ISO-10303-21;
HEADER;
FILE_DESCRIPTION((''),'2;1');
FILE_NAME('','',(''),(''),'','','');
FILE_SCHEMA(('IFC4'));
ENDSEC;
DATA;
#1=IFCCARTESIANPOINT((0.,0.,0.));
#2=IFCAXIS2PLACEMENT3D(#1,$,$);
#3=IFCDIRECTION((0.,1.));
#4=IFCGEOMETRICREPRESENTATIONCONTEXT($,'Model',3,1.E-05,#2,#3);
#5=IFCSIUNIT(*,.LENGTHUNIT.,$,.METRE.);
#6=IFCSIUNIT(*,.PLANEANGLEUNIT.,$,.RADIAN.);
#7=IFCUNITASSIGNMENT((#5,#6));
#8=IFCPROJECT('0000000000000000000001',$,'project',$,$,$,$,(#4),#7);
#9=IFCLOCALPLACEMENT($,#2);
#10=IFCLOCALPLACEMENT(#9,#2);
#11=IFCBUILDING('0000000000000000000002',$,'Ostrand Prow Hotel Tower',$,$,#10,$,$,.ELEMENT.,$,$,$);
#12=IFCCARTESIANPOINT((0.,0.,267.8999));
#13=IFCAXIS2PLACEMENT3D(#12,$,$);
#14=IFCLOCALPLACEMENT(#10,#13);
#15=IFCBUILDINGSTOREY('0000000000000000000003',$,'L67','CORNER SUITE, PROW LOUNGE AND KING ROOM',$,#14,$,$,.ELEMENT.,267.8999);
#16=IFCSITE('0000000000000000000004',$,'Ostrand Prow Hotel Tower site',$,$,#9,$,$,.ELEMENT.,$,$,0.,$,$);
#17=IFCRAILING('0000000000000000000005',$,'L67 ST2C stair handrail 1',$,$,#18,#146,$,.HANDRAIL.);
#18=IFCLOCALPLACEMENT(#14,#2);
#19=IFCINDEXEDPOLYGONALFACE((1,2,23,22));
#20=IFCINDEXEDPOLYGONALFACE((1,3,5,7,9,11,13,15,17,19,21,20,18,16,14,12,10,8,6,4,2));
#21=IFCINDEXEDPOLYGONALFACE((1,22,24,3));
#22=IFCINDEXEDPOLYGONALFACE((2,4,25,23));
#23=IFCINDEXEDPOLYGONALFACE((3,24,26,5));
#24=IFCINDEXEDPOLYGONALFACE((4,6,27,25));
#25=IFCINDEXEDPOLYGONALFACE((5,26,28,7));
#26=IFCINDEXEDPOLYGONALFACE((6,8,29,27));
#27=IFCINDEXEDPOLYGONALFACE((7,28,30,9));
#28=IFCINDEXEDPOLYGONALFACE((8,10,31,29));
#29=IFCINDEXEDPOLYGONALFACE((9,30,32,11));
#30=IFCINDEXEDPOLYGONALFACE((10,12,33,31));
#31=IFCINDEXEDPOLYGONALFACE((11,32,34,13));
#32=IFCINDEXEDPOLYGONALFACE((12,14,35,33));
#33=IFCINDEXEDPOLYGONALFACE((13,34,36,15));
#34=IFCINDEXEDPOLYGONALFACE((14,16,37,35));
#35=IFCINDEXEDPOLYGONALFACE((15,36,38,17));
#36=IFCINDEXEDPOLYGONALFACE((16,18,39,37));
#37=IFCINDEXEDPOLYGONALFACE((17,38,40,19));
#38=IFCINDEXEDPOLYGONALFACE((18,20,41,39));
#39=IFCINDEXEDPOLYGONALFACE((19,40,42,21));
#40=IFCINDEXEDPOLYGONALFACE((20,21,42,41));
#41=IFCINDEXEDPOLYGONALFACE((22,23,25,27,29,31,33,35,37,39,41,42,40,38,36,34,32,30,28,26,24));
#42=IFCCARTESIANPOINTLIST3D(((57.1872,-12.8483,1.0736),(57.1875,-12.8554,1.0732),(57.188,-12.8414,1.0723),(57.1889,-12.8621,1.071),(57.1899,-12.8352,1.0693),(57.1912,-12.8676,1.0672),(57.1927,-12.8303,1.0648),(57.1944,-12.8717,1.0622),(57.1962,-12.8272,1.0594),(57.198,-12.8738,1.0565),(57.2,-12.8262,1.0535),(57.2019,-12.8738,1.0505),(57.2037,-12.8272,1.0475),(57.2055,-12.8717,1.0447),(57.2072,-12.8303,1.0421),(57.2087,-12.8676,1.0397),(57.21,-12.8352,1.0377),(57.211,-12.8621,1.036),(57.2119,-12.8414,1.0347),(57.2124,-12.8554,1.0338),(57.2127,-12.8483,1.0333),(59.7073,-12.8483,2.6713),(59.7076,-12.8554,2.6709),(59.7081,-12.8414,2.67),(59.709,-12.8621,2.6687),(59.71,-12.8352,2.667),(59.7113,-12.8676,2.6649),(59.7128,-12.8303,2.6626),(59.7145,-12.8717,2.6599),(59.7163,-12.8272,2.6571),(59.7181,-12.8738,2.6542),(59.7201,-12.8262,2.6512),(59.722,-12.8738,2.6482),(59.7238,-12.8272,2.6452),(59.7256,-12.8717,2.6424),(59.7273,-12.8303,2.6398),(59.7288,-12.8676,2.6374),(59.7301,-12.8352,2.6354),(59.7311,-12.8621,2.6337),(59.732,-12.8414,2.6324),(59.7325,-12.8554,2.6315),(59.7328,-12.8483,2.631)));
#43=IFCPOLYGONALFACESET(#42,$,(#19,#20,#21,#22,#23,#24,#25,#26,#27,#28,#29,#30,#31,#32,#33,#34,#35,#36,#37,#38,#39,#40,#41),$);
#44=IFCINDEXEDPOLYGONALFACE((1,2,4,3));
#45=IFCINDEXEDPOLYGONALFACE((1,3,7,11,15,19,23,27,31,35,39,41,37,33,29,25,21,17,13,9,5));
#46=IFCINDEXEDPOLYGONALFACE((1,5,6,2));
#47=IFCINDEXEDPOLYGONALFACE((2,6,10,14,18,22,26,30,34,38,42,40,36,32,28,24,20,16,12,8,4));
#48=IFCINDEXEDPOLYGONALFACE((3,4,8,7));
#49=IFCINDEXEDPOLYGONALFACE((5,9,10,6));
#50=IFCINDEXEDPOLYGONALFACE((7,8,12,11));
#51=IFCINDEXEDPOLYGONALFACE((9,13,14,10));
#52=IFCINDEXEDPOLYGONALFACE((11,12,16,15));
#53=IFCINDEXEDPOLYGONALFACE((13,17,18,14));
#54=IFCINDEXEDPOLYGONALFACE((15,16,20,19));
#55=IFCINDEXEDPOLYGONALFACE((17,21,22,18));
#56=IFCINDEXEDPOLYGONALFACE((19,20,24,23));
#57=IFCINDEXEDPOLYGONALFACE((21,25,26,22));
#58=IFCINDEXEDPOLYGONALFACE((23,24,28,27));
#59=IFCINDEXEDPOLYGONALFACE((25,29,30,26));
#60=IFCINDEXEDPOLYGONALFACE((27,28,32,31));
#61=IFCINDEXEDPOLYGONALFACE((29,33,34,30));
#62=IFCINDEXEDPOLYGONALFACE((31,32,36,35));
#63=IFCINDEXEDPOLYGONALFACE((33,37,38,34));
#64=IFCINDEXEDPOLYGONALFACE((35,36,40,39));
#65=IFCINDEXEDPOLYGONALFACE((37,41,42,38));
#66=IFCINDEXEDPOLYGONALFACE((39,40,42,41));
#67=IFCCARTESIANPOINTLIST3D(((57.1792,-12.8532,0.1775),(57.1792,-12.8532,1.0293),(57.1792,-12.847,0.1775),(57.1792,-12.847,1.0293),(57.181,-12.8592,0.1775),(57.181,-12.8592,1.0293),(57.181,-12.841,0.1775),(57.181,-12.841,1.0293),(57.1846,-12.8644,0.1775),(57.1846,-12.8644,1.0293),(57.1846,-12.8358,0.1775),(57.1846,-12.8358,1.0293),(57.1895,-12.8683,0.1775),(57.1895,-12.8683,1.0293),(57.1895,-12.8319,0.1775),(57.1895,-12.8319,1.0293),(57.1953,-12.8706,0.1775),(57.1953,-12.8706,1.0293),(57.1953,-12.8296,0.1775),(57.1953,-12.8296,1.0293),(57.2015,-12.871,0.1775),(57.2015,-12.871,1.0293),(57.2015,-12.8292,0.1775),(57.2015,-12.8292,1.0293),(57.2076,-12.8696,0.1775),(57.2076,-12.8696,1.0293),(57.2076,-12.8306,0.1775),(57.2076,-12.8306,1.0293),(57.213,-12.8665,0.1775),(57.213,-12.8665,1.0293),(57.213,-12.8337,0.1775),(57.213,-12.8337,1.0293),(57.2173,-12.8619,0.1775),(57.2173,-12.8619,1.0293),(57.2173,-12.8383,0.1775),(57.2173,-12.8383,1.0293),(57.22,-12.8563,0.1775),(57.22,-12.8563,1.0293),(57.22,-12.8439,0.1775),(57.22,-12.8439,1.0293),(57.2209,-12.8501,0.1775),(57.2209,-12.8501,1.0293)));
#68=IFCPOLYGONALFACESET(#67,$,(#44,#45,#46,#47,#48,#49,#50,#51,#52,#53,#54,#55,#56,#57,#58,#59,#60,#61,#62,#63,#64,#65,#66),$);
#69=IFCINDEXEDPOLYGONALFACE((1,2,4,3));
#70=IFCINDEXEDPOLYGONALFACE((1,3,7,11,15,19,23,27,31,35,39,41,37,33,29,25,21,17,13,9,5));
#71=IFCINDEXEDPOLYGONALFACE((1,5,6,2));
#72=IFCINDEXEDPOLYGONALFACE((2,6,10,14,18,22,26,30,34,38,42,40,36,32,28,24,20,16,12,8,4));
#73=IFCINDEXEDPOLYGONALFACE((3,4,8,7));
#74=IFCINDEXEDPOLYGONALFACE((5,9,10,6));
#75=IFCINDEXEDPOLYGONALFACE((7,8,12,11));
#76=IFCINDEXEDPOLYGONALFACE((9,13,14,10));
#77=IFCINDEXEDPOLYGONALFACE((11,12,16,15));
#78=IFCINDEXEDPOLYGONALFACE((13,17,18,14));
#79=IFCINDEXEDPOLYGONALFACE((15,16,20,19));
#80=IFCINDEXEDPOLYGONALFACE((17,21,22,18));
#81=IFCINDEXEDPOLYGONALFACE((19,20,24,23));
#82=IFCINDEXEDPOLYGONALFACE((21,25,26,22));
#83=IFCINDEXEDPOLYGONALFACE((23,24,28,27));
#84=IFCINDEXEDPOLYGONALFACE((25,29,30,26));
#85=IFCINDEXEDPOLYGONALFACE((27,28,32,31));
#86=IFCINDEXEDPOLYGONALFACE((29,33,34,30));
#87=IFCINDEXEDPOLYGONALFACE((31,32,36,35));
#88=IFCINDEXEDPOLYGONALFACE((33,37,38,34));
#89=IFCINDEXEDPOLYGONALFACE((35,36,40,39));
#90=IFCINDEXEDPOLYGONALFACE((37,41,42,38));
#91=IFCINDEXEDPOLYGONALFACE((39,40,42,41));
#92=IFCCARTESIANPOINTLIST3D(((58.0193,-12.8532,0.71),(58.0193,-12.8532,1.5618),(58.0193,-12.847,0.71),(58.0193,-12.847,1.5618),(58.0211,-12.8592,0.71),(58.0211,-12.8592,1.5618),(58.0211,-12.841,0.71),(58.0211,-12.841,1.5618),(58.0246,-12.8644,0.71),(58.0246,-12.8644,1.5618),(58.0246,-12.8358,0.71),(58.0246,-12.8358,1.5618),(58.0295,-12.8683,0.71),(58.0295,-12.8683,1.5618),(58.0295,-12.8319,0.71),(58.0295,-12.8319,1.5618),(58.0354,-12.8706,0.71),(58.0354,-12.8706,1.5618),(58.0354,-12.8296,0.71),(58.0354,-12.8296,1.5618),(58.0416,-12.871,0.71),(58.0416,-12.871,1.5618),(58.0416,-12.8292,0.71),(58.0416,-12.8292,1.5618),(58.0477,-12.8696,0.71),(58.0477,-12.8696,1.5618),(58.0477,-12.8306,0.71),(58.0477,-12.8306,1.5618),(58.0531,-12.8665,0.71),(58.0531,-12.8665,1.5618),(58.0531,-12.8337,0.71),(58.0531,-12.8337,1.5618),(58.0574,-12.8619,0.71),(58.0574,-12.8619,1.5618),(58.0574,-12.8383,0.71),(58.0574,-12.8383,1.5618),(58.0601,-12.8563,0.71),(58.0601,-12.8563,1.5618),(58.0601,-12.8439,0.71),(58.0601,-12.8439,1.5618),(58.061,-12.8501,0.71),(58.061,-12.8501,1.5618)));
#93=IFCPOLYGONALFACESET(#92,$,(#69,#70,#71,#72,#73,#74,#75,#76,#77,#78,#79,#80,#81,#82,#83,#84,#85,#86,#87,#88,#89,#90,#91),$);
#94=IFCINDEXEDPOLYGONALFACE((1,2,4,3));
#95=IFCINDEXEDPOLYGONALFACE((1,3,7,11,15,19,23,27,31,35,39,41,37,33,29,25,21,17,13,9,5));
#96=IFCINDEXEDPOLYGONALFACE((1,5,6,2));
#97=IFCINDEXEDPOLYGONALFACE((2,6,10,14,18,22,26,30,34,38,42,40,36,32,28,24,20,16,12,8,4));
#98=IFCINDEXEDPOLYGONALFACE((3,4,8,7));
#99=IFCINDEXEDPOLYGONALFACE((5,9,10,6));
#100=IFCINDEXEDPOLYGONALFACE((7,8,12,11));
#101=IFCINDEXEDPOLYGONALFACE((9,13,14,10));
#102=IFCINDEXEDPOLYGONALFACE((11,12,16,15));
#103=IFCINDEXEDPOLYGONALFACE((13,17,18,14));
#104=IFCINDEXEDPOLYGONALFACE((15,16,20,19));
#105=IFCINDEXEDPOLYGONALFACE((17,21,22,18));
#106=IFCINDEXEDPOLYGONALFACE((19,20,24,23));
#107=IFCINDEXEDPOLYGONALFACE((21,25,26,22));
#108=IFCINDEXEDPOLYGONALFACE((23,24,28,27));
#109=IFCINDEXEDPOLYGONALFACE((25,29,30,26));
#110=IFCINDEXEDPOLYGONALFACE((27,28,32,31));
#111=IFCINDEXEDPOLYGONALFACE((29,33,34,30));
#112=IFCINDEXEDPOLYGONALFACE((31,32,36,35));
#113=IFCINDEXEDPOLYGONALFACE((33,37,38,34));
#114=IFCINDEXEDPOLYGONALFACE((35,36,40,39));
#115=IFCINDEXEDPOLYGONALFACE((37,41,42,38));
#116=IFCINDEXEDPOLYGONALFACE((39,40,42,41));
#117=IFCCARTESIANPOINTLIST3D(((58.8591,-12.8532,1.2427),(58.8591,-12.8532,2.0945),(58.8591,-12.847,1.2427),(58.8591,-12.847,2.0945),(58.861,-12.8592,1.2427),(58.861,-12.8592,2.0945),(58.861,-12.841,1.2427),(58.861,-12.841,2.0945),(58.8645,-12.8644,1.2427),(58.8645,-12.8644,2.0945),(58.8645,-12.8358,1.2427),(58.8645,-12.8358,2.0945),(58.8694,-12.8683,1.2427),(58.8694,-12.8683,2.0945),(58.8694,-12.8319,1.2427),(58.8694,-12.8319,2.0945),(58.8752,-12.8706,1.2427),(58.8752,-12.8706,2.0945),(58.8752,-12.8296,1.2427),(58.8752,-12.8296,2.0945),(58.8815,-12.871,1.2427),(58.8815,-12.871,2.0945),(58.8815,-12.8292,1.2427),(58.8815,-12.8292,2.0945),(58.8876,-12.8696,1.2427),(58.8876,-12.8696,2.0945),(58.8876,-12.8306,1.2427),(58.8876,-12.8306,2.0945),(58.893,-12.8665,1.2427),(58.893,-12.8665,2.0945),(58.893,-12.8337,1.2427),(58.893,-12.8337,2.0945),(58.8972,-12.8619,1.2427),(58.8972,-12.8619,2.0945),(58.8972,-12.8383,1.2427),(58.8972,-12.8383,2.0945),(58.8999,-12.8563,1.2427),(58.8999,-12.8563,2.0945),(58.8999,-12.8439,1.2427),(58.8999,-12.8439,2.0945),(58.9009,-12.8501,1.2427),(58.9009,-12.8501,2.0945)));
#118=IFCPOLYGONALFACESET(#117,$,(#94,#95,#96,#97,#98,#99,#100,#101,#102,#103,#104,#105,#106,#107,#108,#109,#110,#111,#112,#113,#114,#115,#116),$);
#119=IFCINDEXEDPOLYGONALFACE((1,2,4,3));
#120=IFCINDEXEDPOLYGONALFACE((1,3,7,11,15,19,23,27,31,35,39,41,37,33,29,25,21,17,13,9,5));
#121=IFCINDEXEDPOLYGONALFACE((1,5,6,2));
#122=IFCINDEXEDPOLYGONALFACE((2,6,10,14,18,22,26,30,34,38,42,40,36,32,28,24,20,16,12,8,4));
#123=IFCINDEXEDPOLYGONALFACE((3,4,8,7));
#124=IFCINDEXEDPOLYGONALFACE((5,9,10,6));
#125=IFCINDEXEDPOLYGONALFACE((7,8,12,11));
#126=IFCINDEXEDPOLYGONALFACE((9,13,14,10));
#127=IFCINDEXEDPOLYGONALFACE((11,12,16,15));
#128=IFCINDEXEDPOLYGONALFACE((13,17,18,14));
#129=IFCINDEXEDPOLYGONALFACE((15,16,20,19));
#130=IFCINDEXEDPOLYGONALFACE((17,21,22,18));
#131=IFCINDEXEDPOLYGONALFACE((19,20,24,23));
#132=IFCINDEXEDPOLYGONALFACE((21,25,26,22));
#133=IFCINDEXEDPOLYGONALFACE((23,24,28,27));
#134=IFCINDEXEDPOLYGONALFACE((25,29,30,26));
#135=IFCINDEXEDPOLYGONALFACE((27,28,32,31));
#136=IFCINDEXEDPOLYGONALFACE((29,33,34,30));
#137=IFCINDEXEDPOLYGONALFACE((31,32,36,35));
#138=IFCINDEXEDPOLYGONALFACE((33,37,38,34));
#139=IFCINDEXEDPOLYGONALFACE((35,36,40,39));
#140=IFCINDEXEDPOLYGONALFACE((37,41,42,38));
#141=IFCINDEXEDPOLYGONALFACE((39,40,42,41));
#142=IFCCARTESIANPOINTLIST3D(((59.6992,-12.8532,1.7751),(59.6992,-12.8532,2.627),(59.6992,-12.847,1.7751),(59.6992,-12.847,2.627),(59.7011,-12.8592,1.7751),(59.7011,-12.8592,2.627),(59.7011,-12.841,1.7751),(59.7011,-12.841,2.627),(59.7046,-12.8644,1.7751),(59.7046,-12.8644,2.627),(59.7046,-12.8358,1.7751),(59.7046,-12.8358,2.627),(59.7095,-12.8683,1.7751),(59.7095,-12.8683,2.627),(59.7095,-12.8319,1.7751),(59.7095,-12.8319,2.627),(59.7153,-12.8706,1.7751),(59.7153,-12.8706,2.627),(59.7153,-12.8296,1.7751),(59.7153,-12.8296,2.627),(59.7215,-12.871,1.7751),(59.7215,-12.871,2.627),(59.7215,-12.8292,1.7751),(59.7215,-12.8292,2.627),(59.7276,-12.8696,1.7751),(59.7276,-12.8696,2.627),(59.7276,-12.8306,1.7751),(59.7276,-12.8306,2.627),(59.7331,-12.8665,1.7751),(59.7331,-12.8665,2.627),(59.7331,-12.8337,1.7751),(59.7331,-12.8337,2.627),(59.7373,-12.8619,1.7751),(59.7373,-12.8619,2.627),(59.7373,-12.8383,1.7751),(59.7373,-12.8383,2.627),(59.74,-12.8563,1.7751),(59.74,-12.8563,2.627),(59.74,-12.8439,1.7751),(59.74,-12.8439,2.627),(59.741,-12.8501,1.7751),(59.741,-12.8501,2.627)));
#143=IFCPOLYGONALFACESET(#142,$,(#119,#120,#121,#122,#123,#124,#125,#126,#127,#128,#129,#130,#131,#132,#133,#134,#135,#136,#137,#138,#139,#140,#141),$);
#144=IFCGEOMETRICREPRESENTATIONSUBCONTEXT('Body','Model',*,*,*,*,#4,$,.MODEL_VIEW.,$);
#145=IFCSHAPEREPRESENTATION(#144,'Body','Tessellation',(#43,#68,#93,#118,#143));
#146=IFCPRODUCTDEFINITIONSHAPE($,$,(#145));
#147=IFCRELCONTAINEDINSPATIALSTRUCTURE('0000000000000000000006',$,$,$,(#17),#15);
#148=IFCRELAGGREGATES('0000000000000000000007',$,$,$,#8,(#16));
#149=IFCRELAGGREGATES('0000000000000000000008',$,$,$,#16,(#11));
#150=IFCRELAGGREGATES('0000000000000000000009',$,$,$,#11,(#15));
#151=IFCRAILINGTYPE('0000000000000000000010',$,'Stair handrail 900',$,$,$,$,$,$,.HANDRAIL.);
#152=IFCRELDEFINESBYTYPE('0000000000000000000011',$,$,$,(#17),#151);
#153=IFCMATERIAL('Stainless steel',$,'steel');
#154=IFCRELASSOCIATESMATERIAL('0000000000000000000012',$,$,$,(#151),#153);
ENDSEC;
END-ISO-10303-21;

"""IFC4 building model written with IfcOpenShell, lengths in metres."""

from ifc_helpers import new_model, si_unit, direction, frame, origin, origin_2d, place, context, subcontext, project, spatial, circle, extrude, material, type_object, element, save


model = new_model("IFC4")

# Units and contexts
model_context = context("Model", 3, precision=1e-05, world=origin(), true_north=direction((0.0, 1.0)))
body_context = subcontext(model_context, "Body", "Model", "MODEL_VIEW")
ifc_project = project(units=[si_unit("LENGTHUNIT", "METRE"), si_unit("PLANEANGLEUNIT", "RADIAN")], contexts=[model_context])

# Site, building, storey
site_placement = place(None, origin())
site = spatial("IfcSite", under=ifc_project, at=site_placement, Name="Ostrand Prow Hotel Tower site", CompositionType="ELEMENT", RefElevation=0.0)
building_placement = place(site_placement, origin())
building = spatial("IfcBuilding", under=site, at=building_placement, Name="Ostrand Prow Hotel Tower", CompositionType="ELEMENT")
storey_placement = place(building_placement, frame((0.0, 0.0, 267.8999)))
storey = spatial("IfcBuildingStorey", under=building, at=storey_placement, Name="L67", Description="CORNER SUITE, PROW LOUNGE AND KING ROOM", CompositionType="ELEMENT", Elevation=267.8999)

# Railing
ifc_material_1 = material(Name="Stainless steel", Category="steel")
railing_type_1 = type_object("IfcRailingType", Name="Stair handrail 900", PredefinedType="HANDRAIL", material=ifc_material_1)
railing_1_placement = place(storey_placement, frame((57.2, -12.8501, 0.1775)))
element("IfcRailing", 1, at=railing_1_placement, inside=storey, type_object=railing_type_1, Name="L67 ST2C stair handrail 1", PredefinedType="HANDRAIL", context=body_context, shape_type="SweptSolid", body=[
    extrude(circle(Radius=0.0239, at=origin_2d()), frame((0.0, 0.0, 0.876), z_axis=(0.84457, 0.0, 0.535445), x_axis=(0.0, 1.0, 0.0)), (0.0, 0.0, 1.0), 2.9839),
    extrude(circle(Radius=0.021, at=origin_2d()), origin(), (0.0, 0.0, 1.0), 0.8518),
    extrude(circle(Radius=0.021, at=origin_2d()), frame((0.8401, 0.0, 0.5325)), (0.0, 0.0, 1.0), 0.8518),
    extrude(circle(Radius=0.021, at=origin_2d()), frame((1.6799, 0.0, 1.0652)), (0.0, 0.0, 1.0), 0.8518),
    extrude(circle(Radius=0.021, at=origin_2d()), frame((2.52, 0.0, 1.5977)), (0.0, 0.0, 1.0), 0.8518),
])

save(model, "model.ifc")
